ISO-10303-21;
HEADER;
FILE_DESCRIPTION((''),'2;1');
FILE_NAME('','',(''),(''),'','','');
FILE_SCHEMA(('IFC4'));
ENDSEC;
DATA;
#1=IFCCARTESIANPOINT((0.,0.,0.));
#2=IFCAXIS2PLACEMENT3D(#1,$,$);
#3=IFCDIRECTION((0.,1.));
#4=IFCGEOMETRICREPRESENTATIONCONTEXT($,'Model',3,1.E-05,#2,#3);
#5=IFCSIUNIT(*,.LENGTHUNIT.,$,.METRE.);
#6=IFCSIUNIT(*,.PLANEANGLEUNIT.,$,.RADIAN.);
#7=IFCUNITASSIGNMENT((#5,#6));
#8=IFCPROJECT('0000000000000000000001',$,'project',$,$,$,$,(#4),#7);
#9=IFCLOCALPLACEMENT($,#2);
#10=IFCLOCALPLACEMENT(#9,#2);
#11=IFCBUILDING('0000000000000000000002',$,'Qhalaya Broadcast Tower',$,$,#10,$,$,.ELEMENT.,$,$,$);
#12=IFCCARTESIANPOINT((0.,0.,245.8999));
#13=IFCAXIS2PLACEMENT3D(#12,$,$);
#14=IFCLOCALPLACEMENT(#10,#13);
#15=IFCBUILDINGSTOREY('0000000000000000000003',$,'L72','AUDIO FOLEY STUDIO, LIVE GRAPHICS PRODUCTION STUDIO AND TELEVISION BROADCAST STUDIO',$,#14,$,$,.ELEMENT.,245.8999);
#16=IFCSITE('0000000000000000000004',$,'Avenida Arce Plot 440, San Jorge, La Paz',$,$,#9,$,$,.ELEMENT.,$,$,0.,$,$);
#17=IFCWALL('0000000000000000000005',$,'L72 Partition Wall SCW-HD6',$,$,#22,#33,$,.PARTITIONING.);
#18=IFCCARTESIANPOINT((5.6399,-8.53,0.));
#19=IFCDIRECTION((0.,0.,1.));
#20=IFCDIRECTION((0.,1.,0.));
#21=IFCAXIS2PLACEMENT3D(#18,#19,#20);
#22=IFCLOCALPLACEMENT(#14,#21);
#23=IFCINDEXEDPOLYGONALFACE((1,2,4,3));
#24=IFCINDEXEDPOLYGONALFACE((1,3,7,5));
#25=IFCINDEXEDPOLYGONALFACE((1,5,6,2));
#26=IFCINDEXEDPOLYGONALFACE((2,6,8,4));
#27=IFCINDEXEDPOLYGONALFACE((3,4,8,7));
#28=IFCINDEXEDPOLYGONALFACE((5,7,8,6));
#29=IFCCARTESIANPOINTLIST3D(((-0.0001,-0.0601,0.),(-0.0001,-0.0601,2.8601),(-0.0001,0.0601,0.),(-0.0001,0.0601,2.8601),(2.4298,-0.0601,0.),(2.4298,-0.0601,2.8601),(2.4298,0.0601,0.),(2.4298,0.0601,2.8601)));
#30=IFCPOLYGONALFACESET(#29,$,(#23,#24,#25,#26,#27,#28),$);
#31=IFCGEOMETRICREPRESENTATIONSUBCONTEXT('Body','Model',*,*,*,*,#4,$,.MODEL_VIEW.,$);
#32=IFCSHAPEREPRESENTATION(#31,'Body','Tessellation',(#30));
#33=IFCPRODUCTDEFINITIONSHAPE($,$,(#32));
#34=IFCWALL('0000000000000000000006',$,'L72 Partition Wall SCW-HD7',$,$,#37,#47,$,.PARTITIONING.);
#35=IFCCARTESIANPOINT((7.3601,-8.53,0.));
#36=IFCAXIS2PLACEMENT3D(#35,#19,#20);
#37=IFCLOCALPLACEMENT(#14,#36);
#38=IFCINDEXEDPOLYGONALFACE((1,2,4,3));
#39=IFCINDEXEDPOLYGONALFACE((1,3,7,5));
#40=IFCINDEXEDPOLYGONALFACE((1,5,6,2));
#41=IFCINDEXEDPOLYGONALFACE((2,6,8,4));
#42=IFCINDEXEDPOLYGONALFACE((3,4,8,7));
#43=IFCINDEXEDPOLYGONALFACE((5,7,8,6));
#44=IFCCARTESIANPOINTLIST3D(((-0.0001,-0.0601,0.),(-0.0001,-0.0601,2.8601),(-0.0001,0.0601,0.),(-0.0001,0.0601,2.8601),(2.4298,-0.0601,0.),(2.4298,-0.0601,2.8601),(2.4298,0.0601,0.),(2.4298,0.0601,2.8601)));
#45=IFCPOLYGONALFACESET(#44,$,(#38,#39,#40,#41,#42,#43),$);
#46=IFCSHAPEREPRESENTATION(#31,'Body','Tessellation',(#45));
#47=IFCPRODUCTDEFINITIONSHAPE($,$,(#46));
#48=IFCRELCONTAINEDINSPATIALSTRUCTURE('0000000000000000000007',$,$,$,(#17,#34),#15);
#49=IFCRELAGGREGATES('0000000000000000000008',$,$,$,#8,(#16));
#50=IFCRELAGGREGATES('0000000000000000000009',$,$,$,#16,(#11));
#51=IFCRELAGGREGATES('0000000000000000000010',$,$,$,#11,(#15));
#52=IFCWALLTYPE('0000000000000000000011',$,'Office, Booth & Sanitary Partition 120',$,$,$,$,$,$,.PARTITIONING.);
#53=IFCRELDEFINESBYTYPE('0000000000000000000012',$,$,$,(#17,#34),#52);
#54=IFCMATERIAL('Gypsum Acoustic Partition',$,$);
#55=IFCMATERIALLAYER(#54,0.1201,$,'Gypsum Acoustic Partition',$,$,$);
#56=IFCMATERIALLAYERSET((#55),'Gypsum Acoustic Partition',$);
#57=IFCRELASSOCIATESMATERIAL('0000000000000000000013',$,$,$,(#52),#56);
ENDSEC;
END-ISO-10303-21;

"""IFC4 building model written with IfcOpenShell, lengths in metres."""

from ifc_helpers import new_model, si_unit, direction, frame, frame_2d, origin, place, context, subcontext, project, spatial, rectangle, extrude, material, layer, layer_set, type_object, element, save


model = new_model("IFC4")

# Units and contexts
model_context = context("Model", 3, precision=1e-05, world=origin(), true_north=direction((0.0, 1.0)))
body_context = subcontext(model_context, "Body", "Model", "MODEL_VIEW")
ifc_project = project(units=[si_unit("LENGTHUNIT", "METRE"), si_unit("PLANEANGLEUNIT", "RADIAN")], contexts=[model_context])

# Site, building, storey
site_placement = place(None, origin())
site = spatial("IfcSite", under=ifc_project, at=site_placement, Name="Avenida Arce Plot 440, San Jorge, La Paz", CompositionType="ELEMENT", RefElevation=0.0)
building_placement = place(site_placement, origin())
building = spatial("IfcBuilding", under=site, at=building_placement, Name="Qhalaya Broadcast Tower", CompositionType="ELEMENT")
storey_placement = place(building_placement, frame((0.0, 0.0, 245.8999)))
storey = spatial("IfcBuildingStorey", under=building, at=storey_placement, Name="L72", Description="AUDIO FOLEY STUDIO, LIVE GRAPHICS PRODUCTION STUDIO AND TELEVISION BROADCAST STUDIO", CompositionType="ELEMENT", Elevation=245.8999)

# Shared definitions
ifc_material_1 = material(Name="Gypsum Acoustic Partition")

# Walls
ifc_layer_1 = layer(ifc_material_1, 0.1201, Name="Gypsum Acoustic Partition")
ifc_layer_set_1 = layer_set([ifc_layer_1], Name="Gypsum Acoustic Partition")
wall_type_1 = type_object("IfcWallType", Name="Office, Booth & Sanitary Partition 120", PredefinedType="PARTITIONING", material=ifc_layer_set_1)
for number, where, z_axis, x_axis, name in (
    (1, (5.6399, -8.53, 0.0), (0.0, 0.0, 1.0), (0.0, 1.0, 0.0), "L72 Partition Wall SCW-HD6"),
    (2, (7.3601, -8.53, 0.0), (0.0, 0.0, 1.0), (0.0, 1.0, 0.0), "L72 Partition Wall SCW-HD7"),
):
    element("IfcWall", number, at=place(storey_placement, frame(where, z_axis=z_axis, x_axis=x_axis)), inside=storey, type_object=wall_type_1, Name=name, PredefinedType="PARTITIONING", context=body_context, shape_type="SweptSolid", body=[
        extrude(rectangle(XDim=2.4299, YDim=0.1201, at=frame_2d((1.2148, 0.0))), origin(), (0.0, 0.0, 1.0), 2.8601),
    ])

save(model, "model.ifc")
